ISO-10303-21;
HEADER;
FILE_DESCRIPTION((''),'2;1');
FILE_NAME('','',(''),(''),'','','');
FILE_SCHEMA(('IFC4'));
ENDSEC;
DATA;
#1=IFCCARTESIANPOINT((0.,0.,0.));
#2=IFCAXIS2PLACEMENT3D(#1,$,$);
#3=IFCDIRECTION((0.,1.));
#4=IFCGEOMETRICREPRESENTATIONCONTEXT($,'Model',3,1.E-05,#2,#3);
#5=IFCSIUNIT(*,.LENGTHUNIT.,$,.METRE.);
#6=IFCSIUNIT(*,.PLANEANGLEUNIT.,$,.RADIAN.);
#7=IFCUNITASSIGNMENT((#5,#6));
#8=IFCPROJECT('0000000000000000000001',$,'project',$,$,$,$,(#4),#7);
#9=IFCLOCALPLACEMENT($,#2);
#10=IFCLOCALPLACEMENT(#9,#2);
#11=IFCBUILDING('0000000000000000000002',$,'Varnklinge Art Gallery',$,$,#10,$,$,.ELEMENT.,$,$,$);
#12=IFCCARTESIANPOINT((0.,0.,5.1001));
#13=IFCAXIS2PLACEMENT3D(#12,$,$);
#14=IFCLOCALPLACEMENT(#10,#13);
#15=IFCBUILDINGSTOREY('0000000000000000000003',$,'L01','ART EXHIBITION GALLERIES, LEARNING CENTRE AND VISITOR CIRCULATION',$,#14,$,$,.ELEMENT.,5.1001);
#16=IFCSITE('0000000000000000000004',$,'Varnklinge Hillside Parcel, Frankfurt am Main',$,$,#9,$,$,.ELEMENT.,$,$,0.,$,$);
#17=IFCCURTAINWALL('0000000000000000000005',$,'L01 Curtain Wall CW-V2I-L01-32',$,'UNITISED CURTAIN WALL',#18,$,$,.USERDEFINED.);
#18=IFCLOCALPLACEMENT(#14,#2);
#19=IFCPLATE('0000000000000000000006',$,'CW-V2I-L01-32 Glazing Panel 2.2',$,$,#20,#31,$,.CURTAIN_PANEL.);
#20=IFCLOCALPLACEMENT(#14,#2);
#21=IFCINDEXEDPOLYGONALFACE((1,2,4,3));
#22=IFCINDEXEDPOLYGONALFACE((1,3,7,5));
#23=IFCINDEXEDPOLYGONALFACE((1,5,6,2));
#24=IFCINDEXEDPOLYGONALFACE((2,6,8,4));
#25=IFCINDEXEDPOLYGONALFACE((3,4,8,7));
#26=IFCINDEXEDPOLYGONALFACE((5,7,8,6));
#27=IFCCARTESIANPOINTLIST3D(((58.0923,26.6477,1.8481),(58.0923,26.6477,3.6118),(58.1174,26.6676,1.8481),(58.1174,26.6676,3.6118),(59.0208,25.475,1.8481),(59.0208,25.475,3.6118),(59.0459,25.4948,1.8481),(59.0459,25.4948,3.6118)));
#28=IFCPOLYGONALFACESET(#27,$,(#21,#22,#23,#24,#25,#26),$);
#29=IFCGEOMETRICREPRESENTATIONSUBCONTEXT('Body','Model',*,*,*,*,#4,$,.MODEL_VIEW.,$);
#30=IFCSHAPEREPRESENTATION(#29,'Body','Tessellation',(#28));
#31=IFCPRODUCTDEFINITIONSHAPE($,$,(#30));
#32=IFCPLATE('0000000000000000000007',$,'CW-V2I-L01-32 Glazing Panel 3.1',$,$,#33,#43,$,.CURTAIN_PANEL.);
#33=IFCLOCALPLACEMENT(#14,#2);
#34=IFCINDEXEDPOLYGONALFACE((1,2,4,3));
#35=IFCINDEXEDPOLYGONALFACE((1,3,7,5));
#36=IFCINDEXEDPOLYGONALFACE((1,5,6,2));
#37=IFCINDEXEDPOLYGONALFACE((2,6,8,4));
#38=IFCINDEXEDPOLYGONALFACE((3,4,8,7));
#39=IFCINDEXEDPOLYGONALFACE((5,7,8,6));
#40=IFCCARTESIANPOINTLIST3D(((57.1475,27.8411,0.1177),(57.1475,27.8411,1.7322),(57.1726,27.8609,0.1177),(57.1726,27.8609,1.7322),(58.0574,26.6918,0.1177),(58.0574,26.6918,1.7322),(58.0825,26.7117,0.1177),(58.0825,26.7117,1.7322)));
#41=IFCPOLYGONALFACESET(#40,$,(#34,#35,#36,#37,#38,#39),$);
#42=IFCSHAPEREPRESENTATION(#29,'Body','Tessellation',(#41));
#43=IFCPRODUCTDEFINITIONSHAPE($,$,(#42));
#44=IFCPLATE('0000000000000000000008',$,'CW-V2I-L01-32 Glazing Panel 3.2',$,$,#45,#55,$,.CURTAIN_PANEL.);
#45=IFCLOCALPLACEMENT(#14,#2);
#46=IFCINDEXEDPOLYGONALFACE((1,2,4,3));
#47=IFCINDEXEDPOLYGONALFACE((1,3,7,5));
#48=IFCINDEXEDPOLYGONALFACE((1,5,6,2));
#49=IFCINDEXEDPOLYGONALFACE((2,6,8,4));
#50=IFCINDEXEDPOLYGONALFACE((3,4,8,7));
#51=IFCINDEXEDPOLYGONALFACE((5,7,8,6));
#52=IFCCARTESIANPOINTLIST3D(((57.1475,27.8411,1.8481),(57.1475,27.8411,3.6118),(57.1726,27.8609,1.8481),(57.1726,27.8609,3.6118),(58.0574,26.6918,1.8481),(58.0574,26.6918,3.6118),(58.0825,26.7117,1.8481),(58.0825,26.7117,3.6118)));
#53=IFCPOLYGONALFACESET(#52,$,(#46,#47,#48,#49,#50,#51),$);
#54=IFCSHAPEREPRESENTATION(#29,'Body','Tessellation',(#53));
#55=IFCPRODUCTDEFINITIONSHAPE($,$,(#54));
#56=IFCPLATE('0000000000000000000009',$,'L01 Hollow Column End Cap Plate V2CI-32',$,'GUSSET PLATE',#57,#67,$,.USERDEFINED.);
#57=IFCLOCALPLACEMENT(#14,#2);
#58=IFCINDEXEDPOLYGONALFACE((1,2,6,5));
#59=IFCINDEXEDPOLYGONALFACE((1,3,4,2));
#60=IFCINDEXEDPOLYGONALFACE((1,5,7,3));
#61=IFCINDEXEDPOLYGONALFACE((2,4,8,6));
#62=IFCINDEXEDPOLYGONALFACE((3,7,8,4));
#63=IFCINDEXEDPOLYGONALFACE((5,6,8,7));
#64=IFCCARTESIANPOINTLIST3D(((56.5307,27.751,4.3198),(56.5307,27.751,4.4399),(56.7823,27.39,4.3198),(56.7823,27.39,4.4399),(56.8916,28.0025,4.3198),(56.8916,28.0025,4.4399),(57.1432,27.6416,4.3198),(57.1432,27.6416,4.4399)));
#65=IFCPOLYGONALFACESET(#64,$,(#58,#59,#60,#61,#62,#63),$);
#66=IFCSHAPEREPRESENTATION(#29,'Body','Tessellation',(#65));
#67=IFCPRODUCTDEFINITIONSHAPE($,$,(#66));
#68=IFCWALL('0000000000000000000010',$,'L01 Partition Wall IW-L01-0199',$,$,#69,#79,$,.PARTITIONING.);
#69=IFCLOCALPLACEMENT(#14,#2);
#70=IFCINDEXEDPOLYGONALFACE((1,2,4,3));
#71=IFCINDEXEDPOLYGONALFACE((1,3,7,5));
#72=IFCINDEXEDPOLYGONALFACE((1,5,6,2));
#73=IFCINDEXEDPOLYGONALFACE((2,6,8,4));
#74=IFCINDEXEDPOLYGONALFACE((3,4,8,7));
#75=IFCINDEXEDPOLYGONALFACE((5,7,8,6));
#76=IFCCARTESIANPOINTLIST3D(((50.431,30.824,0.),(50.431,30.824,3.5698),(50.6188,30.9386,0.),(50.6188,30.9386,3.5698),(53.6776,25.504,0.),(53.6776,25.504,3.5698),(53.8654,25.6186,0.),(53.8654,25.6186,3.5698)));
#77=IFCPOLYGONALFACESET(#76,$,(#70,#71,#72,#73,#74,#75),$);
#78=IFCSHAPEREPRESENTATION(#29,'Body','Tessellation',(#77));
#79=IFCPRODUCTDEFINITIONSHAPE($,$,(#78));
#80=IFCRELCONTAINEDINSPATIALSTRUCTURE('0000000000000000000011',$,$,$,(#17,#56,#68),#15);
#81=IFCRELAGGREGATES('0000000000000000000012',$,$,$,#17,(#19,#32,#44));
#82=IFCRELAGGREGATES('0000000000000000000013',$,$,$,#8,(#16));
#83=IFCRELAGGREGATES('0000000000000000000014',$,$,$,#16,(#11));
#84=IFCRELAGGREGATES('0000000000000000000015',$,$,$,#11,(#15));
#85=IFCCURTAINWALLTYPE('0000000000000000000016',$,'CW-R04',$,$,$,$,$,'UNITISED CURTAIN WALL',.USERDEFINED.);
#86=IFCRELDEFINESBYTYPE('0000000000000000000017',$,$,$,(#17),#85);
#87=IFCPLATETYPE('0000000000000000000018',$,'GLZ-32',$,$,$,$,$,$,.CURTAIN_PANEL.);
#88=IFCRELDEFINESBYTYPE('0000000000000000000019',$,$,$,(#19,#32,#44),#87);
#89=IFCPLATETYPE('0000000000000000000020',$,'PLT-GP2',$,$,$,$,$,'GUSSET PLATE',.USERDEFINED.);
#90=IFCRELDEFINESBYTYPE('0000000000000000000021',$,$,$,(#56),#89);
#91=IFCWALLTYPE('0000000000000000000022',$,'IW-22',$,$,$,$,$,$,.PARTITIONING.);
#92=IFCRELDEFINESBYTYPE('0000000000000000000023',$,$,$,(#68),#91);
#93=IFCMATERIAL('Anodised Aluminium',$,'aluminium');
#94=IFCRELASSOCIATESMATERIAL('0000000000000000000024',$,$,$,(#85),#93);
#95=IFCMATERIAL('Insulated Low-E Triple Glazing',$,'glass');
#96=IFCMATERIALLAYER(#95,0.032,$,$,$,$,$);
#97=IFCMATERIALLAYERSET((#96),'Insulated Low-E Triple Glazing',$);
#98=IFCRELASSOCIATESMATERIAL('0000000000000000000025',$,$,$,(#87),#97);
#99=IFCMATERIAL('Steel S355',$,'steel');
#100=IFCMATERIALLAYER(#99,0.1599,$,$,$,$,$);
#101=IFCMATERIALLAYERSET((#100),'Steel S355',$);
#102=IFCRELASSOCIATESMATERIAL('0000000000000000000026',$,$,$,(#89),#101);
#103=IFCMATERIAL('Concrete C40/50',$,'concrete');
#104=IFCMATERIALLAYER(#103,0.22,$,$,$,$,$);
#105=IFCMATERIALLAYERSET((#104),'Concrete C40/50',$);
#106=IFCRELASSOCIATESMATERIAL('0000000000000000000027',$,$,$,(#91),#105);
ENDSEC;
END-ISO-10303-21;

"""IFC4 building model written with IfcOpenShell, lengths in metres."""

from ifc_helpers import new_model, si_unit, direction, frame, frame_2d, origin, origin_2d, place, context, subcontext, project, spatial, rectangle, extrude, material, layer, layer_set, type_object, element, aggregate, save


model = new_model("IFC4")

# Units and contexts
model_context = context("Model", 3, precision=1e-05, world=origin(), true_north=direction((0.0, 1.0)))
body_context = subcontext(model_context, "Body", "Model", "MODEL_VIEW")
ifc_project = project(units=[si_unit("LENGTHUNIT", "METRE"), si_unit("PLANEANGLEUNIT", "RADIAN")], contexts=[model_context])

# Site, building, storey
site_placement = place(None, origin())
site = spatial("IfcSite", under=ifc_project, at=site_placement, Name="Varnklinge Hillside Parcel, Frankfurt am Main", CompositionType="ELEMENT", RefElevation=0.0)
building_placement = place(site_placement, origin())
building = spatial("IfcBuilding", under=site, at=building_placement, Name="Varnklinge Art Gallery", CompositionType="ELEMENT")
storey_placement = place(building_placement, frame((0.0, 0.0, 5.1001)))
storey = spatial("IfcBuildingStorey", under=building, at=storey_placement, Name="L01", Description="ART EXHIBITION GALLERIES, LEARNING CENTRE AND VISITOR CIRCULATION", CompositionType="ELEMENT", Elevation=5.1001)

# Curtain wall
ifc_material_1 = material(Name="Anodised Aluminium", Category="aluminium")
curtain_wall_type = type_object("IfcCurtainWallType", Name="CW-R04", ElementType="UNITISED CURTAIN WALL", PredefinedType="USERDEFINED", material=ifc_material_1)
curtain_wall_1_placement = place(storey_placement, origin())
curtain_wall_1 = element("IfcCurtainWall", 1, at=curtain_wall_1_placement, inside=storey, type_object=curtain_wall_type, Name="L01 Curtain Wall CW-V2I-L01-32", ObjectType="UNITISED CURTAIN WALL", PredefinedType="USERDEFINED")

# Plates
ifc_material_2 = material(Name="Insulated Low-E Triple Glazing", Category="glass")
ifc_layer_1 = layer(ifc_material_2, 0.032)
ifc_layer_set_1 = layer_set([ifc_layer_1], Name="Insulated Low-E Triple Glazing")
plate_type_1 = type_object("IfcPlateType", Name="GLZ-32", PredefinedType="CURTAIN_PANEL", material=ifc_layer_set_1)
plate_1_placement = place(storey_placement, frame((58.5691, 26.0713, 1.8481), z_axis=(0.0, 0.0, 1.0), x_axis=(-0.620737, 0.784019, 0.0)))
plate_1 = element("IfcPlate", 2, at=plate_1_placement, type_object=plate_type_1, Name="CW-V2I-L01-32 Glazing Panel 2.2", PredefinedType="CURTAIN_PANEL", context=body_context, shape_type="SweptSolid", body=[
    extrude(rectangle(XDim=1.4958, YDim=0.032, at=origin_2d()), origin(), (0.0, 0.0, 1.0), 1.7637),
])
plate_2_placement = place(storey_placement, frame((57.615, 27.2764, 0.1177), z_axis=(0.0, 0.0, 1.0), x_axis=(-0.620737, 0.784019, 0.0)))
plate_2 = element("IfcPlate", 3, at=plate_2_placement, type_object=plate_type_1, Name="CW-V2I-L01-32 Glazing Panel 3.1", PredefinedType="CURTAIN_PANEL", context=body_context, shape_type="SweptSolid", body=[
    extrude(rectangle(XDim=1.4658, YDim=0.032, at=origin_2d()), origin(), (0.0, 0.0, 1.0), 1.6145),
])
plate_3_placement = place(storey_placement, frame((57.615, 27.2764, 1.8481), z_axis=(0.0, 0.0, 1.0), x_axis=(-0.620737, 0.784019, 0.0)))
plate_3 = element("IfcPlate", 4, at=plate_3_placement, type_object=plate_type_1, Name="CW-V2I-L01-32 Glazing Panel 3.2", PredefinedType="CURTAIN_PANEL", context=body_context, shape_type="SweptSolid", body=[
    extrude(rectangle(XDim=1.4658, YDim=0.032, at=origin_2d()), origin(), (0.0, 0.0, 1.0), 1.7637),
])
aggregate(curtain_wall_1, [plate_1, plate_2, plate_3])
ifc_material_3 = material(Name="Steel S355", Category="steel")
ifc_layer_2 = layer(ifc_material_3, 0.1599)
ifc_layer_set_2 = layer_set([ifc_layer_2], Name="Steel S355")
plate_type_2 = type_object("IfcPlateType", Name="PLT-GP2", ElementType="GUSSET PLATE", PredefinedType="USERDEFINED", material=ifc_layer_set_2)
plate_4_placement = place(storey_placement, frame((56.8369, 27.6963, 4.3198), z_axis=(0.0, 0.0, 1.0), x_axis=(0.820352, 0.57186, 0.0)))
element("IfcPlate", 5, at=plate_4_placement, inside=storey, type_object=plate_type_2, Name="L01 Hollow Column End Cap Plate V2CI-32", ObjectType="GUSSET PLATE", PredefinedType="USERDEFINED", context=body_context, shape_type="SweptSolid", body=[
    extrude(rectangle(XDim=0.4399, YDim=0.4399, at=origin_2d()), origin(), (0.0, 0.0, 1.0), 0.1201),
])

# Wall
ifc_material_4 = material(Name="Concrete C40/50", Category="concrete")
ifc_layer_3 = layer(ifc_material_4, 0.22)
ifc_layer_set_3 = layer_set([ifc_layer_3], Name="Concrete C40/50")
wall_type = type_object("IfcWallType", Name="IW-22", PredefinedType="PARTITIONING", material=ifc_layer_set_3)
wall_placement = place(storey_placement, frame((53.7715, 25.5613, 0.0), z_axis=(0.0, 0.0, 1.0), x_axis=(-0.520916, 0.853608, 0.0)))
element("IfcWall", 6, at=wall_placement, inside=storey, type_object=wall_type, Name="L01 Partition Wall IW-L01-0199", PredefinedType="PARTITIONING", context=body_context, shape_type="SweptSolid", body=[
    extrude(rectangle(XDim=6.2324, YDim=0.22, at=frame_2d((3.1162, 0.0))), origin(), (0.0, 0.0, 1.0), 3.5698),
])

save(model, "model.ifc")
